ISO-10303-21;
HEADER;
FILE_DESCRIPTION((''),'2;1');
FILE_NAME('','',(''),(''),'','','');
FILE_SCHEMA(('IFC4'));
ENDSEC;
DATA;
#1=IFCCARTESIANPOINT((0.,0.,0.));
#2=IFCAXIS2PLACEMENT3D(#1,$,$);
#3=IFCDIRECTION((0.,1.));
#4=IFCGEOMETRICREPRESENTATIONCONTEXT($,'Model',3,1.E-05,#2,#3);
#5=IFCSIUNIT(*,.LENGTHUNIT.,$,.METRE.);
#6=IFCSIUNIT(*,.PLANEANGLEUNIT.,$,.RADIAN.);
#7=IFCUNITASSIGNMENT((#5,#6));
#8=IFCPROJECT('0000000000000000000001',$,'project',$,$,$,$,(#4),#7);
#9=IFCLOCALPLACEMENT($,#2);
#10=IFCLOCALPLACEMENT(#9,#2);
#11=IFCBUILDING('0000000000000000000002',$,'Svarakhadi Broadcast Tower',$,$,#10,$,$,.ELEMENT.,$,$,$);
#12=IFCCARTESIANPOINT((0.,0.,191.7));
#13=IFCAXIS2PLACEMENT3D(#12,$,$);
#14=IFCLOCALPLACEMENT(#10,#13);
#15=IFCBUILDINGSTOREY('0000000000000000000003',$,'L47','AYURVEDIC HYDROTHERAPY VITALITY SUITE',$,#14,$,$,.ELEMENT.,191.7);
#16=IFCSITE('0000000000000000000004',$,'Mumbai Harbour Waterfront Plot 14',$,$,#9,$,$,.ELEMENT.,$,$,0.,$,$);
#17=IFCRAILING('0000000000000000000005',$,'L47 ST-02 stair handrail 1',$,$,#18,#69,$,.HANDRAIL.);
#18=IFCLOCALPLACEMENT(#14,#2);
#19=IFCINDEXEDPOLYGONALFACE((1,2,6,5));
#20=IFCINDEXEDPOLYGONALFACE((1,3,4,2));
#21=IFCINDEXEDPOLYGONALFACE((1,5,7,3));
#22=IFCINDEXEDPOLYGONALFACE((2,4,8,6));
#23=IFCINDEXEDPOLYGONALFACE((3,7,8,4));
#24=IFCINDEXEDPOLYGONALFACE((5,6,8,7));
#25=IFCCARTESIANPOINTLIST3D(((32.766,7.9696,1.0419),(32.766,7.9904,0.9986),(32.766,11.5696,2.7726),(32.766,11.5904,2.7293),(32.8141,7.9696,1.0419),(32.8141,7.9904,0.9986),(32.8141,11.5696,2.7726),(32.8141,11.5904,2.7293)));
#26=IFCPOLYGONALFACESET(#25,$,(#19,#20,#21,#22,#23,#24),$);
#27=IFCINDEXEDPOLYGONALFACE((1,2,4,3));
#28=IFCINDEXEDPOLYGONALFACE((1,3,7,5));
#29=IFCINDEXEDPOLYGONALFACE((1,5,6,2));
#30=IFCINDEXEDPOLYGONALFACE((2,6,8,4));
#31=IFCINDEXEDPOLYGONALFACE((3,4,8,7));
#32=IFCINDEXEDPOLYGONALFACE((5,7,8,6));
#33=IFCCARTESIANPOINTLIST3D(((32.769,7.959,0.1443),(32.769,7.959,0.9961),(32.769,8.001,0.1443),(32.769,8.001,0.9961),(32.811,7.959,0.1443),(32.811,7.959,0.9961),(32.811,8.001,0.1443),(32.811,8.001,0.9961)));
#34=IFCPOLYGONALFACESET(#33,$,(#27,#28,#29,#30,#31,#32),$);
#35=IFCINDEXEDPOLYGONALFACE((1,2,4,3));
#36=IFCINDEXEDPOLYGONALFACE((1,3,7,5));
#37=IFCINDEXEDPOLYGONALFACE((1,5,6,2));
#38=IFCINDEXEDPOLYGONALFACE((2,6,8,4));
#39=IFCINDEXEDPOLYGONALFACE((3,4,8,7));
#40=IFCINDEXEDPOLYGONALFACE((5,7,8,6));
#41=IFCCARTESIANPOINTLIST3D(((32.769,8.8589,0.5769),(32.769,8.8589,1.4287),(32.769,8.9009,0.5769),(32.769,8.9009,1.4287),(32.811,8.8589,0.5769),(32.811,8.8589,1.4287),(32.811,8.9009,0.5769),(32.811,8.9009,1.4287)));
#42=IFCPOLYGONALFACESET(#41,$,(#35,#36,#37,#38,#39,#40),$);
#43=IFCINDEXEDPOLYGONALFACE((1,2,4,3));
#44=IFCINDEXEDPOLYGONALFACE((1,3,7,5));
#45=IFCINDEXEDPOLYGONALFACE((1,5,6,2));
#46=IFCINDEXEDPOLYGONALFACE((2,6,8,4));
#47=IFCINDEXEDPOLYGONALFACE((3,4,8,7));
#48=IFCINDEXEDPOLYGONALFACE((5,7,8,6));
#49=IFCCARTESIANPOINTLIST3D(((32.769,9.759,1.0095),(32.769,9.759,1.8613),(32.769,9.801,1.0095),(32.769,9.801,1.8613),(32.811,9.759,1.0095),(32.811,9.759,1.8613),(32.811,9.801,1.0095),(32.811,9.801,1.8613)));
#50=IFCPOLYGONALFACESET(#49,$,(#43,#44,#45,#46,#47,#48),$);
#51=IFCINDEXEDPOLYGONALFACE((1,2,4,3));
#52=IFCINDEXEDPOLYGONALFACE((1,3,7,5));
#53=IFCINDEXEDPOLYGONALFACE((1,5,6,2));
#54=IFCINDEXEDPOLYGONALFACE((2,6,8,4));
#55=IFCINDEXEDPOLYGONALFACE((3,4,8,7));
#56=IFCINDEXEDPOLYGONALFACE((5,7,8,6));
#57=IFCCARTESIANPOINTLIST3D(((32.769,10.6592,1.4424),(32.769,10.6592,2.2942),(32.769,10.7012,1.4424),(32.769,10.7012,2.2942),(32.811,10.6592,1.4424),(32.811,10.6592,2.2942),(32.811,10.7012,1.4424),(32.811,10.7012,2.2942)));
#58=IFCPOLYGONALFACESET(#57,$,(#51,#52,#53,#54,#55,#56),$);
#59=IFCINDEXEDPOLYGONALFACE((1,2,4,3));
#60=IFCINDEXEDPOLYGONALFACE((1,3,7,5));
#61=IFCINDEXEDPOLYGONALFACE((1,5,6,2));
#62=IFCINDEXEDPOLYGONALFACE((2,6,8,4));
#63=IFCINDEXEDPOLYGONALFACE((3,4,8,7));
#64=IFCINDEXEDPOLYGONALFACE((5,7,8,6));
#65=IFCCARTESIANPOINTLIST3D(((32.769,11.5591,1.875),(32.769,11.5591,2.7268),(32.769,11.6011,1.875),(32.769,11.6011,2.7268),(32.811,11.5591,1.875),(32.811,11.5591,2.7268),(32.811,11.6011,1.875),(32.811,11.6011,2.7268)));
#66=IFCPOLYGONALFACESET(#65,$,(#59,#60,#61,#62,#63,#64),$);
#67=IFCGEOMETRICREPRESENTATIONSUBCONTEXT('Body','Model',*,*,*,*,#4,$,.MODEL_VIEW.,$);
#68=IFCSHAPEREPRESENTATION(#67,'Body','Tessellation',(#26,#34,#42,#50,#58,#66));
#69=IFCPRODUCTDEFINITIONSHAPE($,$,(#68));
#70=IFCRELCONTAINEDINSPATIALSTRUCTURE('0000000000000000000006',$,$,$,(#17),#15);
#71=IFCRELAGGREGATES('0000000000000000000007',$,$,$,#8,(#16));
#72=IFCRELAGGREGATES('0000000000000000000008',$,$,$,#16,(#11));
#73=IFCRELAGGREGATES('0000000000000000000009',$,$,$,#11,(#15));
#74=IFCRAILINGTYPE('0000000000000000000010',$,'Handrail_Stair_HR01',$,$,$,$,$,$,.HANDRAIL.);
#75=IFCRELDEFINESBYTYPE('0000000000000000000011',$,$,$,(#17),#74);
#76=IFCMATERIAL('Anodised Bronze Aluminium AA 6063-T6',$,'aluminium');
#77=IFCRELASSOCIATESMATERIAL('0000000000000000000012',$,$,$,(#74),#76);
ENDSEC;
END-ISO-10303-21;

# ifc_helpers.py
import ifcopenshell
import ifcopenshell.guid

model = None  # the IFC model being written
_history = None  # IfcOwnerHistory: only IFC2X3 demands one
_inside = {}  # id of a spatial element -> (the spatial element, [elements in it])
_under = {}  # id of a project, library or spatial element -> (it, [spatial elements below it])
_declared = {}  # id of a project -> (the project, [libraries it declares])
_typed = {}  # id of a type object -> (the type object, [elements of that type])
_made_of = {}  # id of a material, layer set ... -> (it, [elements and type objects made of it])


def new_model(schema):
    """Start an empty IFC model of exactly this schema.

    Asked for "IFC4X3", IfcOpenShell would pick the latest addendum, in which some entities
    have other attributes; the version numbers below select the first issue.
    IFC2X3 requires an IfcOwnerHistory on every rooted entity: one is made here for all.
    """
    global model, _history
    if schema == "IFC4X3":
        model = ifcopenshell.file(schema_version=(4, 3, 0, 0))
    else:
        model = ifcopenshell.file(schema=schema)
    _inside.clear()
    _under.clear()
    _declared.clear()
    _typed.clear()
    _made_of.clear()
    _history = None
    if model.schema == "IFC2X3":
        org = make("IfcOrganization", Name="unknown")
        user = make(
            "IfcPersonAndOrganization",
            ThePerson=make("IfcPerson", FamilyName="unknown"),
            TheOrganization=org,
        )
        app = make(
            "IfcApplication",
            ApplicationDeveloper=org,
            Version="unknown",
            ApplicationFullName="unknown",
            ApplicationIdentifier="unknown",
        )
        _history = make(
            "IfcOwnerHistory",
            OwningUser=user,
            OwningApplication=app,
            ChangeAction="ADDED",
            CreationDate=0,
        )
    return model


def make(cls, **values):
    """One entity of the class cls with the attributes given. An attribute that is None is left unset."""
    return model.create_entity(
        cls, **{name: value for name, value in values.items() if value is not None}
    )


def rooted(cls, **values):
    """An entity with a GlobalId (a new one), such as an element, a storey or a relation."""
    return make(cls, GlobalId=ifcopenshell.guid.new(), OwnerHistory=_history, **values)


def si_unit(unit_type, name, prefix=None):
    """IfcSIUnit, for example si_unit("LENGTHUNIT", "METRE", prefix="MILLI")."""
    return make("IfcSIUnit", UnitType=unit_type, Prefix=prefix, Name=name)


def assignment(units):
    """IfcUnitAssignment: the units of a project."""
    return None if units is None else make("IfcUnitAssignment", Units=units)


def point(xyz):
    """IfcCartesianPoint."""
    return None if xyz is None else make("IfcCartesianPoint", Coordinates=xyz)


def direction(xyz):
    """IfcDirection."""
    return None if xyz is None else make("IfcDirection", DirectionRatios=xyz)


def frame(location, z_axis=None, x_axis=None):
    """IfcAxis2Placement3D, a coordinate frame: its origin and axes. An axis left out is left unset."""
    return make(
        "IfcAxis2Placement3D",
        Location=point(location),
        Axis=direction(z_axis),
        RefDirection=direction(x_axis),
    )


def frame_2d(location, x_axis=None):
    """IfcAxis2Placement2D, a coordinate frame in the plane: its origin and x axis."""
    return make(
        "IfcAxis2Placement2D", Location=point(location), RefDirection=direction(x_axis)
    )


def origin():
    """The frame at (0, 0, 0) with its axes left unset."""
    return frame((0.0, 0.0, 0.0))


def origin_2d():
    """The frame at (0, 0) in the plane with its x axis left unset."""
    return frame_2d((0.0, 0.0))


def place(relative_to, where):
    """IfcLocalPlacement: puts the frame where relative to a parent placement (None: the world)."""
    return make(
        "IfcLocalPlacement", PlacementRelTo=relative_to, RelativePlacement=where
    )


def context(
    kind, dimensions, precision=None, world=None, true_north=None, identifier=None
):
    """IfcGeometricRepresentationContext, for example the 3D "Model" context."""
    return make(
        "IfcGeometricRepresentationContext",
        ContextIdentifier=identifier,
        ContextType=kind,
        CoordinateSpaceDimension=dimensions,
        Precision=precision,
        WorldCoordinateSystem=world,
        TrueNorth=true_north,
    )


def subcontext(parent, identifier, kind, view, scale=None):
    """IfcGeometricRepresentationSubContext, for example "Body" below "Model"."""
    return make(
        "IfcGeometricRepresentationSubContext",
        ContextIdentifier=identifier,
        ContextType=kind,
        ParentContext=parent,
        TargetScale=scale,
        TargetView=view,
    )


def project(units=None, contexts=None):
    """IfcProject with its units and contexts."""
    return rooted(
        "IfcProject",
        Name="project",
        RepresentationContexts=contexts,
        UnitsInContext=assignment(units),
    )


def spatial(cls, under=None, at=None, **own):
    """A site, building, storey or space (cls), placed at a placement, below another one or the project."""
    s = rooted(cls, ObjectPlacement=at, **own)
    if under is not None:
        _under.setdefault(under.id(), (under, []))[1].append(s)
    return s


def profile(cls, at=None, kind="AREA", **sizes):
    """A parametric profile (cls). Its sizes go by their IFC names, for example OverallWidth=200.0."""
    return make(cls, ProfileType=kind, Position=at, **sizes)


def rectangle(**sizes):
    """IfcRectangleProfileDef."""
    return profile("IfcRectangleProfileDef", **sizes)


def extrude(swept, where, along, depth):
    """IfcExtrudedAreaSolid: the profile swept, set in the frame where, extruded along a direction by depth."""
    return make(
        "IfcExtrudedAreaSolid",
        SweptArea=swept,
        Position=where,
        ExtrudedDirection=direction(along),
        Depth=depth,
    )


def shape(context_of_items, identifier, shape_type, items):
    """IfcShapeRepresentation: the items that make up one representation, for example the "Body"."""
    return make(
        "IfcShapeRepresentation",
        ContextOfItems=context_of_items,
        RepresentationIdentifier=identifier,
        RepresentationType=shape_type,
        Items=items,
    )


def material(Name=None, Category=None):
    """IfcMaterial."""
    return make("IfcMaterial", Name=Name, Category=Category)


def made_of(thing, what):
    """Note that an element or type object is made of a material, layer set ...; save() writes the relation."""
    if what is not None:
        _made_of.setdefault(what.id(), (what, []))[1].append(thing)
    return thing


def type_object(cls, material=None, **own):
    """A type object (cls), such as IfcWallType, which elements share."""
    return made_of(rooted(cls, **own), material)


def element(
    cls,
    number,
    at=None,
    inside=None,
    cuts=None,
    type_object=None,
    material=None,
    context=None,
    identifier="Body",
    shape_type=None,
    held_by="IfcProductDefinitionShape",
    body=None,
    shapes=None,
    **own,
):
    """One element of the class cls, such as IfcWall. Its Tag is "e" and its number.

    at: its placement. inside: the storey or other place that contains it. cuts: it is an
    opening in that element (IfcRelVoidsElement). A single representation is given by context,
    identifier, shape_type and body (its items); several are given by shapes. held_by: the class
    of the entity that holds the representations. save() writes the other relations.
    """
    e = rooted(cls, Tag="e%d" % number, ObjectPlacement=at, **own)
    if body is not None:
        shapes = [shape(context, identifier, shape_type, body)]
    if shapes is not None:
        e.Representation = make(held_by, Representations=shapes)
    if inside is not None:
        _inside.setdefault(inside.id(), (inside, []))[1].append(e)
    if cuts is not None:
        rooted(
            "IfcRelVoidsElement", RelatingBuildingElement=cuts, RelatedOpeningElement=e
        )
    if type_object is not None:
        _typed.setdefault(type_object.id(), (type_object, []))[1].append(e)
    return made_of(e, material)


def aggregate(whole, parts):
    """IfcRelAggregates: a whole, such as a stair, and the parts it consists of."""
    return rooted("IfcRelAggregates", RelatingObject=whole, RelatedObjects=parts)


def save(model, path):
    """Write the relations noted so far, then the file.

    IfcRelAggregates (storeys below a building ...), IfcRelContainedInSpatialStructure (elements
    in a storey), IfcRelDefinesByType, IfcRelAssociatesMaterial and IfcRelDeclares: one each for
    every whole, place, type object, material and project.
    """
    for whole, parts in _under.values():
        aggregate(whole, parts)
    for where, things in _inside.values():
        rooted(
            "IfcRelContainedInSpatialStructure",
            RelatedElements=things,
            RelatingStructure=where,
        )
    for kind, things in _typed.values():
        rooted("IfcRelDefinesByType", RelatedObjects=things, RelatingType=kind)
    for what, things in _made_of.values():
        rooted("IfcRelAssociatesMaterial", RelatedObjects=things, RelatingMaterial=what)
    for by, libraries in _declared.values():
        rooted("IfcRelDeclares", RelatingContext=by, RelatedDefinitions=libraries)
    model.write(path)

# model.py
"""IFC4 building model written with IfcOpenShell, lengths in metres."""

from ifc_helpers import new_model, si_unit, direction, frame, origin, origin_2d, place, context, subcontext, project, spatial, rectangle, extrude, material, type_object, element, save


model = new_model("IFC4")

# Units and contexts
model_context = context("Model", 3, precision=1e-05, world=origin(), true_north=direction((0.0, 1.0)))
body_context = subcontext(model_context, "Body", "Model", "MODEL_VIEW")
ifc_project = project(units=[si_unit("LENGTHUNIT", "METRE"), si_unit("PLANEANGLEUNIT", "RADIAN")], contexts=[model_context])

# Site, building, storey
site_placement = place(None, origin())
site = spatial("IfcSite", under=ifc_project, at=site_placement, Name="Mumbai Harbour Waterfront Plot 14", CompositionType="ELEMENT", RefElevation=0.0)
building_placement = place(site_placement, origin())
building = spatial("IfcBuilding", under=site, at=building_placement, Name="Svarakhadi Broadcast Tower", CompositionType="ELEMENT")
storey_placement = place(building_placement, frame((0.0, 0.0, 191.7)))
storey = spatial("IfcBuildingStorey", under=building, at=storey_placement, Name="L47", Description="AYURVEDIC HYDROTHERAPY VITALITY SUITE", CompositionType="ELEMENT", Elevation=191.7)

# Shared definitions
ifc_material_1 = material(Name="Anodised Bronze Aluminium AA 6063-T6", Category="aluminium")

# Railing
railing_type_1 = type_object("IfcRailingType", Name="Handrail_Stair_HR01", PredefinedType="HANDRAIL", material=ifc_material_1)
railing_1_placement = place(storey_placement, frame((32.79, 7.98, 0.1443)))
element("IfcRailing", 1, at=railing_1_placement, inside=storey, type_object=railing_type_1, Name="L47 ST-02 stair handrail 1", PredefinedType="HANDRAIL", context=body_context, shape_type="SweptSolid", body=[
    extrude(rectangle(XDim=0.0481, YDim=0.0481, at=origin_2d()), frame((0.0, 0.0, 0.876), z_axis=(0.0, 0.901263, 0.433273), x_axis=(-1.0, 0.0, 0.0)), (0.0, 0.0, 1.0), 3.9944),
    extrude(rectangle(XDim=0.042, YDim=0.042, at=origin_2d()), origin(), (0.0, 0.0, 1.0), 0.8518),
    extrude(rectangle(XDim=0.042, YDim=0.042, at=origin_2d()), frame((0.0, 0.8999, 0.4326)), (0.0, 0.0, 1.0), 0.8518),
    extrude(rectangle(XDim=0.042, YDim=0.042, at=origin_2d()), frame((0.0, 1.8, 0.8652)), (0.0, 0.0, 1.0), 0.8518),
    extrude(rectangle(XDim=0.042, YDim=0.042, at=origin_2d()), frame((0.0, 2.7002, 1.2981)), (0.0, 0.0, 1.0), 0.8518),
    extrude(rectangle(XDim=0.042, YDim=0.042, at=origin_2d()), frame((0.0, 3.6001, 1.7307)), (0.0, 0.0, 1.0), 0.8518),
])

save(model, "model.ifc")
